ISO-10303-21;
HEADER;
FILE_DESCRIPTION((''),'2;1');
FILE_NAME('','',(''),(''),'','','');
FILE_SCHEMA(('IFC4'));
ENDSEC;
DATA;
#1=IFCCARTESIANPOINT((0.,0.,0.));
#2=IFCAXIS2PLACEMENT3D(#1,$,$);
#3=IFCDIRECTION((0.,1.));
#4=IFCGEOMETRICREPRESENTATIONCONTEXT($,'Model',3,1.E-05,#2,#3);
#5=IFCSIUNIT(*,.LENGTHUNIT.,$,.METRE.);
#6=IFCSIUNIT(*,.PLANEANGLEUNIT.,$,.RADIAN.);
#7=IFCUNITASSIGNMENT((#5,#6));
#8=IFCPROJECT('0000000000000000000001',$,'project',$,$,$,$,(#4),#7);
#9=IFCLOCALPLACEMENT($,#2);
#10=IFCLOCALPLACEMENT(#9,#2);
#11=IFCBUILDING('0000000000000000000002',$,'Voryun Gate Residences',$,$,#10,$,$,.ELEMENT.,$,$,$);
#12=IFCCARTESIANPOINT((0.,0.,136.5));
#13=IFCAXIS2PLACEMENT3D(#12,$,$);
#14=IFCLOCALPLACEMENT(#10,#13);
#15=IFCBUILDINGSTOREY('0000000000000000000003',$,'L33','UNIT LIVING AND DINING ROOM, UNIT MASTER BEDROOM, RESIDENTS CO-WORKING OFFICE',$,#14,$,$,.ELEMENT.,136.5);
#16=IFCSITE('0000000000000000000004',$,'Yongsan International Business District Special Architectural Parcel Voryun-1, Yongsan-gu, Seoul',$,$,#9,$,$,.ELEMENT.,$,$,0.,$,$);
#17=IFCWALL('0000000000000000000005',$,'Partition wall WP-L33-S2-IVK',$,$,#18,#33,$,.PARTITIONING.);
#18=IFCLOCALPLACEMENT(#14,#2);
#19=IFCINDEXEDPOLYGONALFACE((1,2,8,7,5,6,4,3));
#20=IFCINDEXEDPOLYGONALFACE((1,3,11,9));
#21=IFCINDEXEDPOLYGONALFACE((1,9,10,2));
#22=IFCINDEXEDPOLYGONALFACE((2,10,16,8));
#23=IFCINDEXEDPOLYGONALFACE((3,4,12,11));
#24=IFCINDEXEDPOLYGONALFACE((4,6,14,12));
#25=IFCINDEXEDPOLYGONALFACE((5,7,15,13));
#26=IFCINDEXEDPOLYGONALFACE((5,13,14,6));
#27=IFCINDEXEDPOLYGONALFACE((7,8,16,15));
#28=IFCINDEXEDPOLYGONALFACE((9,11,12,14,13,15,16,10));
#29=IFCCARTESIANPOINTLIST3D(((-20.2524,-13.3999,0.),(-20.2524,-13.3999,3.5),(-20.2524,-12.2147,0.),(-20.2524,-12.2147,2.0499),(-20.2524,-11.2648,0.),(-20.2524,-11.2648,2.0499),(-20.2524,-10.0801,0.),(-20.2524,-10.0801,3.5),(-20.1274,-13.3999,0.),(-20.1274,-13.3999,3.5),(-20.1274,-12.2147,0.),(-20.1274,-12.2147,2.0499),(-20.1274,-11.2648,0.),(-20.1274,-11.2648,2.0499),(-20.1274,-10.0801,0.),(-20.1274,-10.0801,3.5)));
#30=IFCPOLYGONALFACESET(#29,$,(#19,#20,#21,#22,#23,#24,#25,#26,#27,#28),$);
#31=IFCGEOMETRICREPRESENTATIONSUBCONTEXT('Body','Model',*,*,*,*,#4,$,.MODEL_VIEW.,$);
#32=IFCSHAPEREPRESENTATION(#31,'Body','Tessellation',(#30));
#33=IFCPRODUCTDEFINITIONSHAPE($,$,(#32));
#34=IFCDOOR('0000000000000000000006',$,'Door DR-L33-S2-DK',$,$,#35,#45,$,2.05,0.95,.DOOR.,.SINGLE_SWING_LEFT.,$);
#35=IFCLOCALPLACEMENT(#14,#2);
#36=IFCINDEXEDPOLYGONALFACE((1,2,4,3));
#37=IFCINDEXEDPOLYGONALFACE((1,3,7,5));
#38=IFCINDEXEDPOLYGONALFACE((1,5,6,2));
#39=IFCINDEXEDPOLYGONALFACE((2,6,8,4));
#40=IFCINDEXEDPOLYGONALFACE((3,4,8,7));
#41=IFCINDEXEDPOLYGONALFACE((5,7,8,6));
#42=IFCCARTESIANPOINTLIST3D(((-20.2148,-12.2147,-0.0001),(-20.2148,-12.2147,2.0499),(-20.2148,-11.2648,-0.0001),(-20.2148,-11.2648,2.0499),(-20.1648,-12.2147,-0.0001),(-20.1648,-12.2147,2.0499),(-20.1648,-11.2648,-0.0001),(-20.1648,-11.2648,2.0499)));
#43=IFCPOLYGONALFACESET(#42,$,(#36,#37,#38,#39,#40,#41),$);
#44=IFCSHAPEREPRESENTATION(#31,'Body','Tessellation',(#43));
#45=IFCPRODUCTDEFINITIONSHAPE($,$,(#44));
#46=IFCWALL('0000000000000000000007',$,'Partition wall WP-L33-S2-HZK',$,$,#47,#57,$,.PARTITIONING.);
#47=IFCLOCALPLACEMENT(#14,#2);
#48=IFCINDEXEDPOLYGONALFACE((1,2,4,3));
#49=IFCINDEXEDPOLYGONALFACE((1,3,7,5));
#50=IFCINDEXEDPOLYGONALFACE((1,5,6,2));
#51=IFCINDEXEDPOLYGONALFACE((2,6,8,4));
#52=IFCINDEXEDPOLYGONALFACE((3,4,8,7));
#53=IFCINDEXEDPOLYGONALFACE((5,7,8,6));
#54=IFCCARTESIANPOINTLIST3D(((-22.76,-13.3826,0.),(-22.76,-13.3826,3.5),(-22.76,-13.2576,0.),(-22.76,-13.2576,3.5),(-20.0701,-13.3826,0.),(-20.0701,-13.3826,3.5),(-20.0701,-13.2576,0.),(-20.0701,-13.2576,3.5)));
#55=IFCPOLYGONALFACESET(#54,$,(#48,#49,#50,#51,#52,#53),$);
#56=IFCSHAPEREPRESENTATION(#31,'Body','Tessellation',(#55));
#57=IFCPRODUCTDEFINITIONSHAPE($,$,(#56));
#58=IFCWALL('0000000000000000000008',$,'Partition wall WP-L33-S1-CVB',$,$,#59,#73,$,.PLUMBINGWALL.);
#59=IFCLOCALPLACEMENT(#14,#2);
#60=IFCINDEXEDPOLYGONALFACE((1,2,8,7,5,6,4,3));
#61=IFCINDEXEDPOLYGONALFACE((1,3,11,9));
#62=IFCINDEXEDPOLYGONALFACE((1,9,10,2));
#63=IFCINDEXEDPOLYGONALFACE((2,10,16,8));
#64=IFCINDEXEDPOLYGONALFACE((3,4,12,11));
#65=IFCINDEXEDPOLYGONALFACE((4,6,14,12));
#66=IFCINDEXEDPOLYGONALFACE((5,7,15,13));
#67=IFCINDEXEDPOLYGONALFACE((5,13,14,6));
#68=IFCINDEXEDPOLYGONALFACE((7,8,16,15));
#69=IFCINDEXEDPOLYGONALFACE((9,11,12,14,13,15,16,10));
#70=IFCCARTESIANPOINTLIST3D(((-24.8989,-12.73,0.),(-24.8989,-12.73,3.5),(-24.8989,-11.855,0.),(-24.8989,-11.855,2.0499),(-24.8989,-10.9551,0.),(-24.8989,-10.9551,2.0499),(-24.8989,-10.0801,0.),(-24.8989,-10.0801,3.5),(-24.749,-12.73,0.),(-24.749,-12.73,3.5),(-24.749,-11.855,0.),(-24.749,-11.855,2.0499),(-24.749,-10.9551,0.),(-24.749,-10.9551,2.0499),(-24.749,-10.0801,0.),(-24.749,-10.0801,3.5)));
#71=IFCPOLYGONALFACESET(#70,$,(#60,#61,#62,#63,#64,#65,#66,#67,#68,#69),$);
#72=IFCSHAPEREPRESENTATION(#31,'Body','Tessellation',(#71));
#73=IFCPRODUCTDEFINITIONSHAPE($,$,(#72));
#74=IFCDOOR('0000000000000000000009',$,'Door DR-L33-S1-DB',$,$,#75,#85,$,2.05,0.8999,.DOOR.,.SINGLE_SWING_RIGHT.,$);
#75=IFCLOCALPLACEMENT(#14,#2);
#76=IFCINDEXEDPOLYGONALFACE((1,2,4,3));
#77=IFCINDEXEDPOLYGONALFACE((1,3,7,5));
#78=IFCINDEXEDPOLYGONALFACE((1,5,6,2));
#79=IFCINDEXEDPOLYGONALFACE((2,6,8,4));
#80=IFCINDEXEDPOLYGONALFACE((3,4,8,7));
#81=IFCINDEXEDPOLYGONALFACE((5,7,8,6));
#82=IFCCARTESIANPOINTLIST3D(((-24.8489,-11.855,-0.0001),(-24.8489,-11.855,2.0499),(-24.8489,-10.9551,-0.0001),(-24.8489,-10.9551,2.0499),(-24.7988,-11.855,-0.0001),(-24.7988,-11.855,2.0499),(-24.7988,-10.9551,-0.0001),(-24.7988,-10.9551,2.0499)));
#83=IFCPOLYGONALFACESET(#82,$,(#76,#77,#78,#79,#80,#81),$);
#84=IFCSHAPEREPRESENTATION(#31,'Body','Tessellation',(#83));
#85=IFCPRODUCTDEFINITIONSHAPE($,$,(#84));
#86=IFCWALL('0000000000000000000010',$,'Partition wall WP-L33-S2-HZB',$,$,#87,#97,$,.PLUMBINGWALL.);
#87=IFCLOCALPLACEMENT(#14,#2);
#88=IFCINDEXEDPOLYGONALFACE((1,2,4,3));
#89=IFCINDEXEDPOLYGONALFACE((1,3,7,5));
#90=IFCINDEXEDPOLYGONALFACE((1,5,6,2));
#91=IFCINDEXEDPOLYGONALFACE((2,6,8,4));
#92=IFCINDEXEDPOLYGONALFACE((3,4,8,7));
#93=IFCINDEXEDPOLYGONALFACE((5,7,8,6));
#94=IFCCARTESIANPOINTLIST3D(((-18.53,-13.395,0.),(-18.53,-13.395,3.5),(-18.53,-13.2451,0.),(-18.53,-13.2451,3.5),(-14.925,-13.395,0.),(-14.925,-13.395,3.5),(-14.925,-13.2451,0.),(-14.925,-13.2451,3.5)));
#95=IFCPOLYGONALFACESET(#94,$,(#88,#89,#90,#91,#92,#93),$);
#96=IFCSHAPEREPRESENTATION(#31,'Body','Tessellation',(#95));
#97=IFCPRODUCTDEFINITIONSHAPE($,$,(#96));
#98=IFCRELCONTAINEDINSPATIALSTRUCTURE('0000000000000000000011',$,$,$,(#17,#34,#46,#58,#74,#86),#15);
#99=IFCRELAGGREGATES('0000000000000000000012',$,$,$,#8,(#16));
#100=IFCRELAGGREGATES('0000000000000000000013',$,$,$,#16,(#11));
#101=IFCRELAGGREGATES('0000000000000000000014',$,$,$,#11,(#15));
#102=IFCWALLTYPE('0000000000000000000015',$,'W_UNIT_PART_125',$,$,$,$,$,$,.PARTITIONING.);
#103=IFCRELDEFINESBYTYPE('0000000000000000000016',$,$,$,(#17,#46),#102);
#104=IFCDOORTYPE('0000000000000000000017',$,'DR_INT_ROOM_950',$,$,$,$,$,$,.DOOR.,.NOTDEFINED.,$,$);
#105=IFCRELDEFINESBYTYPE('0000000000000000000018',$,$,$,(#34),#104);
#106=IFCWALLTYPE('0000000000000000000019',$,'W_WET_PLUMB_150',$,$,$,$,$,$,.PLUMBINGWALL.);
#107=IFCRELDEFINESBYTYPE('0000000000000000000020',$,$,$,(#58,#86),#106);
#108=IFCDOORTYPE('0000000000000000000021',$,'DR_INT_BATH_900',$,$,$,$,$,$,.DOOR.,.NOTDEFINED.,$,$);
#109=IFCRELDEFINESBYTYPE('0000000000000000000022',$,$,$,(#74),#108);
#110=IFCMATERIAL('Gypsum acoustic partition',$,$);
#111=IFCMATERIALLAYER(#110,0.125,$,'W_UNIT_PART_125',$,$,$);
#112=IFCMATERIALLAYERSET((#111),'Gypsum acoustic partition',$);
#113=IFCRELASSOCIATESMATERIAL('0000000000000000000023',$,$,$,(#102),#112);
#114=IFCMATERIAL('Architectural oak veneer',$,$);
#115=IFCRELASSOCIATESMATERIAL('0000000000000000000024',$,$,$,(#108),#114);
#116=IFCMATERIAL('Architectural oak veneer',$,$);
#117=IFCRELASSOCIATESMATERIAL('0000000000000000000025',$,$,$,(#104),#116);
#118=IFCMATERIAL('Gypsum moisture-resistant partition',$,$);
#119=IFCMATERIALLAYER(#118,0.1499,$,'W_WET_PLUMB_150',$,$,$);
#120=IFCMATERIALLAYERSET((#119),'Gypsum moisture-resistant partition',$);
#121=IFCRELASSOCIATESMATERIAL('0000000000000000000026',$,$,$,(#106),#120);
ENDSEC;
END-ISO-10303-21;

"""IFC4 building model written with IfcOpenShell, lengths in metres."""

from ifc_helpers import new_model, si_unit, direction, frame, frame_2d, origin, place, context, subcontext, project, spatial, rectangle, extrude, material, layer, layer_set, type_object, element, fill, save


model = new_model("IFC4")

# Units and contexts
model_context = context("Model", 3, precision=1e-05, world=origin(), true_north=direction((0.0, 1.0)))
body_context = subcontext(model_context, "Body", "Model", "MODEL_VIEW")
ifc_project = project(units=[si_unit("LENGTHUNIT", "METRE"), si_unit("PLANEANGLEUNIT", "RADIAN")], contexts=[model_context])

# Site, building, storey
site_placement = place(None, origin())
site = spatial("IfcSite", under=ifc_project, at=site_placement, Name="Yongsan International Business District Special Architectural Parcel Voryun-1, Yongsan-gu, Seoul", CompositionType="ELEMENT", RefElevation=0.0)
building_placement = place(site_placement, origin())
building = spatial("IfcBuilding", under=site, at=building_placement, Name="Voryun Gate Residences", CompositionType="ELEMENT")
storey_placement = place(building_placement, frame((0.0, 0.0, 136.5)))
storey = spatial("IfcBuildingStorey", under=building, at=storey_placement, Name="L33", Description="UNIT LIVING AND DINING ROOM, UNIT MASTER BEDROOM, RESIDENTS CO-WORKING OFFICE", CompositionType="ELEMENT", Elevation=136.5)

# Wall, opening, door
ifc_material_1 = material(Name="Gypsum acoustic partition")
ifc_layer_1 = layer(ifc_material_1, 0.125, Name="W_UNIT_PART_125")
ifc_layer_set_1 = layer_set([ifc_layer_1], Name="Gypsum acoustic partition")
wall_type_1 = type_object("IfcWallType", Name="W_UNIT_PART_125", PredefinedType="PARTITIONING", material=ifc_layer_set_1)
ifc_material_2 = material(Name="Architectural oak veneer")
door_type_1 = type_object("IfcDoorType", Name="DR_INT_BATH_900", OperationType="NOTDEFINED", PredefinedType="DOOR", material=ifc_material_2)
wall_1_placement = place(storey_placement, frame((-20.1899, -13.3999, 0.0), z_axis=(0.0, 0.0, 1.0), x_axis=(0.0, 1.0, 0.0)))
wall_1 = element("IfcWall", 1, at=wall_1_placement, inside=storey, type_object=wall_type_1, Name="Partition wall WP-L33-S2-IVK", PredefinedType="PARTITIONING", context=body_context, shape_type="SweptSolid", body=[
    extrude(rectangle(XDim=3.3198, YDim=0.125, at=frame_2d((1.6599, 0.0))), origin(), (0.0, 0.0, 1.0), 3.5),
])
opening_1_placement = place(wall_1_placement, frame((1.1851, 0.0, 0.0)))
opening_1 = element("IfcOpeningElement", 2, at=opening_1_placement, cuts=wall_1, PredefinedType="OPENING", context=body_context, shape_type="SweptSolid", body=[
    extrude(rectangle(XDim=0.95, YDim=2.05, at=frame_2d((0.4751, 1.0249))), frame((0.0, 0.0725, 0.0), z_axis=(0.0, -1.0, 0.0), x_axis=(1.0, 0.0, 0.0)), (0.0, 0.0, 1.0), 0.145),
])
ifc_material_3 = material(Name="Architectural oak veneer")
door_type_2 = type_object("IfcDoorType", Name="DR_INT_ROOM_950", OperationType="NOTDEFINED", PredefinedType="DOOR", material=ifc_material_3)
door_1_placement = place(opening_1_placement, origin())
door_1 = element("IfcDoor", 3, at=door_1_placement, inside=storey, type_object=door_type_2, Name="Door DR-L33-S2-DK", OperationType="SINGLE_SWING_LEFT", OverallHeight=2.05, OverallWidth=0.95, PredefinedType="DOOR", context=body_context, shape_type="SweptSolid", body=[
    extrude(rectangle(XDim=0.95, YDim=2.05, at=frame_2d((0.4751, 1.0249))), frame((0.0, 0.0249, 0.0), z_axis=(0.0, -1.0, 0.0), x_axis=(1.0, 0.0, 0.0)), (0.0, 0.0, 1.0), 0.05),
])
fill(opening_1, door_1)

# Wall
wall_2_placement = place(storey_placement, frame((-22.76, -13.3201, 0.0), z_axis=(0.0, 0.0, 1.0), x_axis=(1.0, 0.0, 0.0)))
element("IfcWall", 4, at=wall_2_placement, inside=storey, type_object=wall_type_1, Name="Partition wall WP-L33-S2-HZK", PredefinedType="PARTITIONING", context=body_context, shape_type="SweptSolid", body=[
    extrude(rectangle(XDim=2.6899, YDim=0.125, at=frame_2d((1.345, 0.0))), origin(), (0.0, 0.0, 1.0), 3.5),
])

# Wall, opening, door
ifc_material_4 = material(Name="Gypsum moisture-resistant partition")
ifc_layer_2 = layer(ifc_material_4, 0.1499, Name="W_WET_PLUMB_150")
ifc_layer_set_2 = layer_set([ifc_layer_2], Name="Gypsum moisture-resistant partition")
wall_type_2 = type_object("IfcWallType", Name="W_WET_PLUMB_150", PredefinedType="PLUMBINGWALL", material=ifc_layer_set_2)
wall_3_placement = place(storey_placement, frame((-24.824, -12.73, 0.0), z_axis=(0.0, 0.0, 1.0), x_axis=(0.0, 1.0, 0.0)))
wall_3 = element("IfcWall", 5, at=wall_3_placement, inside=storey, type_object=wall_type_2, Name="Partition wall WP-L33-S1-CVB", PredefinedType="PLUMBINGWALL", context=body_context, shape_type="SweptSolid", body=[
    extrude(rectangle(XDim=2.6499, YDim=0.1499, at=frame_2d((1.325, 0.0))), origin(), (0.0, 0.0, 1.0), 3.5),
])
opening_2_placement = place(wall_3_placement, frame((0.875, 0.0, 0.0)))
opening_2 = element("IfcOpeningElement", 6, at=opening_2_placement, cuts=wall_3, PredefinedType="OPENING", context=body_context, shape_type="SweptSolid", body=[
    extrude(rectangle(XDim=0.8999, YDim=2.05, at=frame_2d((0.45, 1.0249))), frame((0.0, 0.085, 0.0), z_axis=(0.0, -1.0, 0.0), x_axis=(1.0, 0.0, 0.0)), (0.0, 0.0, 1.0), 0.1699),
])
door_2_placement = place(opening_2_placement, origin())
door_2 = element("IfcDoor", 7, at=door_2_placement, inside=storey, type_object=door_type_1, Name="Door DR-L33-S1-DB", OperationType="SINGLE_SWING_RIGHT", OverallHeight=2.05, OverallWidth=0.8999, PredefinedType="DOOR", context=body_context, shape_type="SweptSolid", body=[
    extrude(rectangle(XDim=0.8999, YDim=2.05, at=frame_2d((0.45, 1.0249))), frame((0.0, 0.0249, 0.0), z_axis=(0.0, -1.0, 0.0), x_axis=(1.0, 0.0, 0.0)), (0.0, 0.0, 1.0), 0.05),
])
fill(opening_2, door_2)

# Wall
wall_4_placement = place(storey_placement, frame((-18.53, -13.3201, 0.0), z_axis=(0.0, 0.0, 1.0), x_axis=(1.0, 0.0, 0.0)))
element("IfcWall", 8, at=wall_4_placement, inside=storey, type_object=wall_type_2, Name="Partition wall WP-L33-S2-HZB", PredefinedType="PLUMBINGWALL", context=body_context, shape_type="SweptSolid", body=[
    extrude(rectangle(XDim=3.605, YDim=0.1499, at=frame_2d((1.8025, 0.0))), origin(), (0.0, 0.0, 1.0), 3.5),
])

save(model, "model.ifc")
